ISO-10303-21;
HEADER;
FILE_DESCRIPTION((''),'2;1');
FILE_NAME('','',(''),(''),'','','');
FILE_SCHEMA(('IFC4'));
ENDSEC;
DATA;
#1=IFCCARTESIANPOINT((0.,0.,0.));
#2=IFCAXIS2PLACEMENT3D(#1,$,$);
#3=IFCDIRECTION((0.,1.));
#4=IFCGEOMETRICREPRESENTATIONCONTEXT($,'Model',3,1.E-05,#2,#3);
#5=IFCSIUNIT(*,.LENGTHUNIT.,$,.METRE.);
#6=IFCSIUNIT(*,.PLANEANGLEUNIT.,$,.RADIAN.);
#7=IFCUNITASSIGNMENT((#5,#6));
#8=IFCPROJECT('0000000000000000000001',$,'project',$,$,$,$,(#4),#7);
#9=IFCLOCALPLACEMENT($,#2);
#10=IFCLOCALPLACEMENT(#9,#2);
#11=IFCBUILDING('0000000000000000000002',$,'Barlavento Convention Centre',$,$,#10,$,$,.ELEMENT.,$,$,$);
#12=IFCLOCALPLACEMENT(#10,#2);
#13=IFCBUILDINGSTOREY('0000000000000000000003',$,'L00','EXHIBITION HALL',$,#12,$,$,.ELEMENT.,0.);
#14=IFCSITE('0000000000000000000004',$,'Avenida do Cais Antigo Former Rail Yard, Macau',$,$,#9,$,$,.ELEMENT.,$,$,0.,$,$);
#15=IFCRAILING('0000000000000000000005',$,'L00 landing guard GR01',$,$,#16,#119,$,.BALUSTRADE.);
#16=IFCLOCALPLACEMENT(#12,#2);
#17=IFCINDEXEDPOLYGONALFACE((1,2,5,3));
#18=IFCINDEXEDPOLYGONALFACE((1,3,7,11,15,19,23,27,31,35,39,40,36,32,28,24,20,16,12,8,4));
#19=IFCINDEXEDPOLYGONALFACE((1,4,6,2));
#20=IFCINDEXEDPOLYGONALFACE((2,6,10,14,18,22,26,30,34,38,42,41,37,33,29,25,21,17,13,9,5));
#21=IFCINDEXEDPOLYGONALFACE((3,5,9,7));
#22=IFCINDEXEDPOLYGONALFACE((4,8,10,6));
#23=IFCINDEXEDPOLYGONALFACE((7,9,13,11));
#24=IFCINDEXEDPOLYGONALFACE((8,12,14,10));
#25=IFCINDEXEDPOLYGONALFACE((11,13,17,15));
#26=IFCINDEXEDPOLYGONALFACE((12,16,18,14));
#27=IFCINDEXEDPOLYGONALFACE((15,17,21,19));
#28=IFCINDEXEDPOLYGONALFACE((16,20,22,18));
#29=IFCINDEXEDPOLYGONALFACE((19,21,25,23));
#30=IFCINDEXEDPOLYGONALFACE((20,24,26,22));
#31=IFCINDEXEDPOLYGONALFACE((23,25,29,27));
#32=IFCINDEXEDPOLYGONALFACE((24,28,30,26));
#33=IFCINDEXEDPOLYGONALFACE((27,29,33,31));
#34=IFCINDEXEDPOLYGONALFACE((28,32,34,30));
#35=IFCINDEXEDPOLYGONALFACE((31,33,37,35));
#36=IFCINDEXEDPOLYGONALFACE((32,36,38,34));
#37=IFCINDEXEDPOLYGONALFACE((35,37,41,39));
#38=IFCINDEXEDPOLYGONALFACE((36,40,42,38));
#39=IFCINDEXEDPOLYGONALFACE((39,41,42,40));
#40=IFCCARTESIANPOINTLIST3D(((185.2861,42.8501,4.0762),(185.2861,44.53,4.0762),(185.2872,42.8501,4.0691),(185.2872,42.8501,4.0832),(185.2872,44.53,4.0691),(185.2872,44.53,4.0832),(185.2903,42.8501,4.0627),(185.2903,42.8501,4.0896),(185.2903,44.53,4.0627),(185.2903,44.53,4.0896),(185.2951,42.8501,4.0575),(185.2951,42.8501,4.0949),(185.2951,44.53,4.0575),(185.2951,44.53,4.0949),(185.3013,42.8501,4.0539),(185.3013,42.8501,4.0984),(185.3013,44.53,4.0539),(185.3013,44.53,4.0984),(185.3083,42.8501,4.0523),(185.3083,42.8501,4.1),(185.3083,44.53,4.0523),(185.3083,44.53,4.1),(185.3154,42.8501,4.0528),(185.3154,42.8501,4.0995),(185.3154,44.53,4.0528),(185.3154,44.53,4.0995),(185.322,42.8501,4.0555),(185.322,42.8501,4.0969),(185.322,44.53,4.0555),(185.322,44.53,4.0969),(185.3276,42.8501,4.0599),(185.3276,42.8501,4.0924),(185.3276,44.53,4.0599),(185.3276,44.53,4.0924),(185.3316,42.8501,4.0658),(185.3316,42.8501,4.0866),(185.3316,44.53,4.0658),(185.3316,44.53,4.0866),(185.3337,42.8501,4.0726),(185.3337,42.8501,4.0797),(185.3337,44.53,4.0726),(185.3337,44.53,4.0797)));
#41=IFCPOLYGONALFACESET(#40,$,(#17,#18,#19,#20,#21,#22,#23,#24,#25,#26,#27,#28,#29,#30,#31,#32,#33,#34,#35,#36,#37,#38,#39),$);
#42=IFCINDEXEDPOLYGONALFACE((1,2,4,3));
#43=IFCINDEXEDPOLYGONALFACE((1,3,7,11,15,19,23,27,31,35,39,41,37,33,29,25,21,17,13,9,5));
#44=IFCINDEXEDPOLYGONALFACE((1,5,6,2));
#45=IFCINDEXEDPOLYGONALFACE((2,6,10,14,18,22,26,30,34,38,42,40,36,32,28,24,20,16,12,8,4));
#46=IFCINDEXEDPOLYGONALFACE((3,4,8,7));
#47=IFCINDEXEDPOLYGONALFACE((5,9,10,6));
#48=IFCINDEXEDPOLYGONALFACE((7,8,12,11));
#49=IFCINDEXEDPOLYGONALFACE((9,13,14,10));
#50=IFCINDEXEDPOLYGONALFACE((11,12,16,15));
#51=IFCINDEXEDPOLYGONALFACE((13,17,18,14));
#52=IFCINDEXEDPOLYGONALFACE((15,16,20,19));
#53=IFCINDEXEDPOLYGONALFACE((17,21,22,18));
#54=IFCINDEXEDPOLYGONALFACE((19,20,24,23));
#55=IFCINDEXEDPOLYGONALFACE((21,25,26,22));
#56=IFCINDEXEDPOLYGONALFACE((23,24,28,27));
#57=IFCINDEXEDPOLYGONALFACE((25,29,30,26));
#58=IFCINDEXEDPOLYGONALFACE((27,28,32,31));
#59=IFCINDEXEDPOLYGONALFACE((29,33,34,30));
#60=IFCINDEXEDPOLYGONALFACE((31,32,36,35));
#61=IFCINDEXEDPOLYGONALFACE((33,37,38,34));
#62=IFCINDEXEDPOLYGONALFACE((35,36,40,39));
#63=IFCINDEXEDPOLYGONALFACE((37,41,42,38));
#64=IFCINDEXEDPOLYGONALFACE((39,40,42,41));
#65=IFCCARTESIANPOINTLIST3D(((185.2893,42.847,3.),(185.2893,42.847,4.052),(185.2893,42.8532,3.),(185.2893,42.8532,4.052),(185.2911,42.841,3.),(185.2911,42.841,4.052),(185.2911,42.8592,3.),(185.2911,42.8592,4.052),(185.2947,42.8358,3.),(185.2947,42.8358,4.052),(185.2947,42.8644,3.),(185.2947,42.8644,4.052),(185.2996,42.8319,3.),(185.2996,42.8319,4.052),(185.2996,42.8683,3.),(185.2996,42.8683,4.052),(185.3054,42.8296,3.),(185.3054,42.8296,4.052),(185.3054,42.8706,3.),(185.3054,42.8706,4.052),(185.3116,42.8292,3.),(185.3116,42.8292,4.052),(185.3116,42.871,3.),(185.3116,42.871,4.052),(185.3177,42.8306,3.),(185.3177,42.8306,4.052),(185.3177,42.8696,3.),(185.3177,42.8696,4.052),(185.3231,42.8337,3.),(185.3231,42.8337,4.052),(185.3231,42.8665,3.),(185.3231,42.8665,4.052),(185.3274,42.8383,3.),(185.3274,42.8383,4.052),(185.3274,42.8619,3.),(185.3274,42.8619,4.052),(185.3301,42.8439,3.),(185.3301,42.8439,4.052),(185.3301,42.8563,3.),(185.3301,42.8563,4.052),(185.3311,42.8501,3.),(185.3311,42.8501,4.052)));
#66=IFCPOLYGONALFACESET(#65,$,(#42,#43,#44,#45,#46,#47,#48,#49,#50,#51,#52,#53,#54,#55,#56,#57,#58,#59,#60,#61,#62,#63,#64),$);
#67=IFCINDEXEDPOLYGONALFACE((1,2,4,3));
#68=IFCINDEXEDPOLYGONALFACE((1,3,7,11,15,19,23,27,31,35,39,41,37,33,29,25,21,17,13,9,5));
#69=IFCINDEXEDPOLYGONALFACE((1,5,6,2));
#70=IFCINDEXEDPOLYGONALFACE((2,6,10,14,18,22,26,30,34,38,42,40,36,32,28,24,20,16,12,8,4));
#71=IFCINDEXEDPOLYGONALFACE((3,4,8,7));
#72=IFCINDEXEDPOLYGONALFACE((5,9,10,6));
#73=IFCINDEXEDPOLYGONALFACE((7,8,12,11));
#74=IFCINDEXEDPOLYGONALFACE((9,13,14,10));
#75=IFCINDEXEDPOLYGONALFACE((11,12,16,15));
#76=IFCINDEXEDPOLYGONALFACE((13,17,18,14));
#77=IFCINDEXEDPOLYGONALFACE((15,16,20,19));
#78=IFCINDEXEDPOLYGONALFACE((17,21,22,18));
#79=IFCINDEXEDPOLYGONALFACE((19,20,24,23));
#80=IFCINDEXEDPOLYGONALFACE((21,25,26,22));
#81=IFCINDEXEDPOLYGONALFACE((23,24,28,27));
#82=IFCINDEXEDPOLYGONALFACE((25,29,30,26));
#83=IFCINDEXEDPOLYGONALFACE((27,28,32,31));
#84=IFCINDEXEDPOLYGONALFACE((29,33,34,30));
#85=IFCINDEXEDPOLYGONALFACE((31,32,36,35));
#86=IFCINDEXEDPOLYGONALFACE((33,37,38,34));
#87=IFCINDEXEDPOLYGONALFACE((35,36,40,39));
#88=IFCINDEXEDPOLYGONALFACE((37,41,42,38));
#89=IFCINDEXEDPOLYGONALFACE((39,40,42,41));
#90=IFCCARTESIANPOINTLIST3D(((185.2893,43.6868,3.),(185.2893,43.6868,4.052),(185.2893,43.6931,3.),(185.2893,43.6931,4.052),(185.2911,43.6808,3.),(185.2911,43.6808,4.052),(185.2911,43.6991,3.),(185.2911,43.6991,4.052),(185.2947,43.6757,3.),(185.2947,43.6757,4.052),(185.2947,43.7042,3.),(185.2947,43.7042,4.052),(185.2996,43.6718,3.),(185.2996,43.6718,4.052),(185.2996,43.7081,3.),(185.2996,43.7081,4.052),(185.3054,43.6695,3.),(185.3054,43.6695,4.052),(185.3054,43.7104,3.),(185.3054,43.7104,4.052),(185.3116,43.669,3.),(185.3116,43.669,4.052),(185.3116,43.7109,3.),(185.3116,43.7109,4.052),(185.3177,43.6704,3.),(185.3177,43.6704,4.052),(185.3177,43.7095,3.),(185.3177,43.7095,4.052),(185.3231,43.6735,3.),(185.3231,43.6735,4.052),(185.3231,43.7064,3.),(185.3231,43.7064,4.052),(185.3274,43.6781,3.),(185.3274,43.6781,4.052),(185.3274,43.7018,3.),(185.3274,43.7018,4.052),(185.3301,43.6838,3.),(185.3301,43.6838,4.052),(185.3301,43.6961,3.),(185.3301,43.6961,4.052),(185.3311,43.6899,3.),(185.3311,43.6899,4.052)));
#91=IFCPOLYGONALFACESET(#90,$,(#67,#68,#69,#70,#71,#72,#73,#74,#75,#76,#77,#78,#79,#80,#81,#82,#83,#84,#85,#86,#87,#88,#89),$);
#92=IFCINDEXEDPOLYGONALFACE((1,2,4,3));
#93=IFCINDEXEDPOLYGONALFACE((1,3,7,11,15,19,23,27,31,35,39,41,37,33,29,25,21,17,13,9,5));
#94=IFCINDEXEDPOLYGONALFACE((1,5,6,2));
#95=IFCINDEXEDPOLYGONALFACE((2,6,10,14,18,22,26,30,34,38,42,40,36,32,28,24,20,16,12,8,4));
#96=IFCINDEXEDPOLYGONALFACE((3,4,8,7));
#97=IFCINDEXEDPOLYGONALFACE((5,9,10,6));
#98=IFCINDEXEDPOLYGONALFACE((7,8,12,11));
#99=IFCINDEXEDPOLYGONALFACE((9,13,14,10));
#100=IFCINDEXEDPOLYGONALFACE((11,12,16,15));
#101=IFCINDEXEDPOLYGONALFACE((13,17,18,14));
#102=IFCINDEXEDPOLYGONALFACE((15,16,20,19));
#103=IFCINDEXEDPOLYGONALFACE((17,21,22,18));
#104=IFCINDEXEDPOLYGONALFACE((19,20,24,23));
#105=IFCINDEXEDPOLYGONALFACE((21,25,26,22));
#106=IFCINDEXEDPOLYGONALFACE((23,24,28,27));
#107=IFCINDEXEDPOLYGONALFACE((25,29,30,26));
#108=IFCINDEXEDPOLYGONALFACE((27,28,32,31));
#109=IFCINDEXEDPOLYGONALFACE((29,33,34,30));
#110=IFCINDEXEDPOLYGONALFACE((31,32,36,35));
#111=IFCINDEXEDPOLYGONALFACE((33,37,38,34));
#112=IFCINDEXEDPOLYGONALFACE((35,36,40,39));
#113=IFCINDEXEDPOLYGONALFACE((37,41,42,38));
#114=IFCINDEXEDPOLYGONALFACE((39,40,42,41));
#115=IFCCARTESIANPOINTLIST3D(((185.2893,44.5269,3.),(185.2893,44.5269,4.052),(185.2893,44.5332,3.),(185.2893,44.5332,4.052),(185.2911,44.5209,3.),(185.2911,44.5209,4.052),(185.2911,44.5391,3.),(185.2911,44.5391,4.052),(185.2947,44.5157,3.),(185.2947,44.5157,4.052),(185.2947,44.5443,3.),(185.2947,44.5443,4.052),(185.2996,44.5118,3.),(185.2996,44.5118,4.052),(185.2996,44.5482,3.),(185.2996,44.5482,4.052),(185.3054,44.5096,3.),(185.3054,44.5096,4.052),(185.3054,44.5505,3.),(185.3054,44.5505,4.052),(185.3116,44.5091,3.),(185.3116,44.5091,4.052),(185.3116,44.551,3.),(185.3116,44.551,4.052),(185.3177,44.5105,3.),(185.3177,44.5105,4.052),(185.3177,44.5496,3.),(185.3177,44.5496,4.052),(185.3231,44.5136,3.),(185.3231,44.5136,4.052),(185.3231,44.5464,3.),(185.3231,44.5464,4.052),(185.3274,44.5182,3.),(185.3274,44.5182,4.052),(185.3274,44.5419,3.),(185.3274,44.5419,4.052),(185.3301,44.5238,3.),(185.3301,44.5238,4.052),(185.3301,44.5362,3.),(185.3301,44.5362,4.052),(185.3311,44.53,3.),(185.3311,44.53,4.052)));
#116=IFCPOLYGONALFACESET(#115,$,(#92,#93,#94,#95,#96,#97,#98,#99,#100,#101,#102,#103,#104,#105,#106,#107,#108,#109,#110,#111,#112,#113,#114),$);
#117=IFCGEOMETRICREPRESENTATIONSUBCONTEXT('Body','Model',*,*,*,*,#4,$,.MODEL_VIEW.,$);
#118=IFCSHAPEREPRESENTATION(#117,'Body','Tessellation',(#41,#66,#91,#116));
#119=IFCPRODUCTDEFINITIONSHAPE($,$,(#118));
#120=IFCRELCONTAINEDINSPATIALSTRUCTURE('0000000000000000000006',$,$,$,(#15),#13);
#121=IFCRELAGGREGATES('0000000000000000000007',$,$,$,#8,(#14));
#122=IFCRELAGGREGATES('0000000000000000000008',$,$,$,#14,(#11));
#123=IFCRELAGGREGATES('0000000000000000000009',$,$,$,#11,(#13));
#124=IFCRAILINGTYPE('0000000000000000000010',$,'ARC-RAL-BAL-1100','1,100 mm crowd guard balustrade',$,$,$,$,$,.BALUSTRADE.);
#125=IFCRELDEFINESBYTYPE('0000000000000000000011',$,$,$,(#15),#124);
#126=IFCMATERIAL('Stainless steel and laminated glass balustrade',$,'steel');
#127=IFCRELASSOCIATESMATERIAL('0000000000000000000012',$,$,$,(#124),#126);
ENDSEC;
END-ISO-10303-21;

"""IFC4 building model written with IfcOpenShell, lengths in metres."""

from ifc_helpers import new_model, si_unit, direction, frame, origin, origin_2d, place, context, subcontext, project, spatial, circle, extrude, material, type_object, element, save


model = new_model("IFC4")

# Units and contexts
model_context = context("Model", 3, precision=1e-05, world=origin(), true_north=direction((0.0, 1.0)))
body_context = subcontext(model_context, "Body", "Model", "MODEL_VIEW")
ifc_project = project(units=[si_unit("LENGTHUNIT", "METRE"), si_unit("PLANEANGLEUNIT", "RADIAN")], contexts=[model_context])

# Site, building, storey
site_placement = place(None, origin())
site = spatial("IfcSite", under=ifc_project, at=site_placement, Name="Avenida do Cais Antigo Former Rail Yard, Macau", CompositionType="ELEMENT", RefElevation=0.0)
building_placement = place(site_placement, origin())
building = spatial("IfcBuilding", under=site, at=building_placement, Name="Barlavento Convention Centre", CompositionType="ELEMENT")
storey_placement = place(building_placement, origin())
storey = spatial("IfcBuildingStorey", under=building, at=storey_placement, Name="L00", Description="EXHIBITION HALL", CompositionType="ELEMENT", Elevation=0.0)

# Railing
ifc_material_1 = material(Name="Stainless steel and laminated glass balustrade", Category="steel")
railing_type_1 = type_object("IfcRailingType", Name="ARC-RAL-BAL-1100", Description="1,100 mm crowd guard balustrade", PredefinedType="BALUSTRADE", material=ifc_material_1)
for number, where, name in (
    (1, (185.3101, 42.8501, 3.0), "L00 landing guard GR01"),
):
    element("IfcRailing", number, at=place(storey_placement, frame(where)), inside=storey, type_object=railing_type_1, Name=name, PredefinedType="BALUSTRADE", context=body_context, shape_type="SweptSolid", body=[
        extrude(circle(Radius=0.0239, at=origin_2d()), frame((0.0, 0.0, 1.0762), z_axis=(0.0, 1.0, 0.0), x_axis=(-1.0, 0.0, 0.0)), (0.0, 0.0, 1.0), 1.6799),
        extrude(circle(Radius=0.021, at=origin_2d()), origin(), (0.0, 0.0, 1.0), 1.052),
        extrude(circle(Radius=0.021, at=origin_2d()), frame((0.0, 0.8398, 0.0)), (0.0, 0.0, 1.0), 1.052),
        extrude(circle(Radius=0.021, at=origin_2d()), frame((0.0, 1.6799, 0.0)), (0.0, 0.0, 1.0), 1.052),
    ])

save(model, "model.ifc")
